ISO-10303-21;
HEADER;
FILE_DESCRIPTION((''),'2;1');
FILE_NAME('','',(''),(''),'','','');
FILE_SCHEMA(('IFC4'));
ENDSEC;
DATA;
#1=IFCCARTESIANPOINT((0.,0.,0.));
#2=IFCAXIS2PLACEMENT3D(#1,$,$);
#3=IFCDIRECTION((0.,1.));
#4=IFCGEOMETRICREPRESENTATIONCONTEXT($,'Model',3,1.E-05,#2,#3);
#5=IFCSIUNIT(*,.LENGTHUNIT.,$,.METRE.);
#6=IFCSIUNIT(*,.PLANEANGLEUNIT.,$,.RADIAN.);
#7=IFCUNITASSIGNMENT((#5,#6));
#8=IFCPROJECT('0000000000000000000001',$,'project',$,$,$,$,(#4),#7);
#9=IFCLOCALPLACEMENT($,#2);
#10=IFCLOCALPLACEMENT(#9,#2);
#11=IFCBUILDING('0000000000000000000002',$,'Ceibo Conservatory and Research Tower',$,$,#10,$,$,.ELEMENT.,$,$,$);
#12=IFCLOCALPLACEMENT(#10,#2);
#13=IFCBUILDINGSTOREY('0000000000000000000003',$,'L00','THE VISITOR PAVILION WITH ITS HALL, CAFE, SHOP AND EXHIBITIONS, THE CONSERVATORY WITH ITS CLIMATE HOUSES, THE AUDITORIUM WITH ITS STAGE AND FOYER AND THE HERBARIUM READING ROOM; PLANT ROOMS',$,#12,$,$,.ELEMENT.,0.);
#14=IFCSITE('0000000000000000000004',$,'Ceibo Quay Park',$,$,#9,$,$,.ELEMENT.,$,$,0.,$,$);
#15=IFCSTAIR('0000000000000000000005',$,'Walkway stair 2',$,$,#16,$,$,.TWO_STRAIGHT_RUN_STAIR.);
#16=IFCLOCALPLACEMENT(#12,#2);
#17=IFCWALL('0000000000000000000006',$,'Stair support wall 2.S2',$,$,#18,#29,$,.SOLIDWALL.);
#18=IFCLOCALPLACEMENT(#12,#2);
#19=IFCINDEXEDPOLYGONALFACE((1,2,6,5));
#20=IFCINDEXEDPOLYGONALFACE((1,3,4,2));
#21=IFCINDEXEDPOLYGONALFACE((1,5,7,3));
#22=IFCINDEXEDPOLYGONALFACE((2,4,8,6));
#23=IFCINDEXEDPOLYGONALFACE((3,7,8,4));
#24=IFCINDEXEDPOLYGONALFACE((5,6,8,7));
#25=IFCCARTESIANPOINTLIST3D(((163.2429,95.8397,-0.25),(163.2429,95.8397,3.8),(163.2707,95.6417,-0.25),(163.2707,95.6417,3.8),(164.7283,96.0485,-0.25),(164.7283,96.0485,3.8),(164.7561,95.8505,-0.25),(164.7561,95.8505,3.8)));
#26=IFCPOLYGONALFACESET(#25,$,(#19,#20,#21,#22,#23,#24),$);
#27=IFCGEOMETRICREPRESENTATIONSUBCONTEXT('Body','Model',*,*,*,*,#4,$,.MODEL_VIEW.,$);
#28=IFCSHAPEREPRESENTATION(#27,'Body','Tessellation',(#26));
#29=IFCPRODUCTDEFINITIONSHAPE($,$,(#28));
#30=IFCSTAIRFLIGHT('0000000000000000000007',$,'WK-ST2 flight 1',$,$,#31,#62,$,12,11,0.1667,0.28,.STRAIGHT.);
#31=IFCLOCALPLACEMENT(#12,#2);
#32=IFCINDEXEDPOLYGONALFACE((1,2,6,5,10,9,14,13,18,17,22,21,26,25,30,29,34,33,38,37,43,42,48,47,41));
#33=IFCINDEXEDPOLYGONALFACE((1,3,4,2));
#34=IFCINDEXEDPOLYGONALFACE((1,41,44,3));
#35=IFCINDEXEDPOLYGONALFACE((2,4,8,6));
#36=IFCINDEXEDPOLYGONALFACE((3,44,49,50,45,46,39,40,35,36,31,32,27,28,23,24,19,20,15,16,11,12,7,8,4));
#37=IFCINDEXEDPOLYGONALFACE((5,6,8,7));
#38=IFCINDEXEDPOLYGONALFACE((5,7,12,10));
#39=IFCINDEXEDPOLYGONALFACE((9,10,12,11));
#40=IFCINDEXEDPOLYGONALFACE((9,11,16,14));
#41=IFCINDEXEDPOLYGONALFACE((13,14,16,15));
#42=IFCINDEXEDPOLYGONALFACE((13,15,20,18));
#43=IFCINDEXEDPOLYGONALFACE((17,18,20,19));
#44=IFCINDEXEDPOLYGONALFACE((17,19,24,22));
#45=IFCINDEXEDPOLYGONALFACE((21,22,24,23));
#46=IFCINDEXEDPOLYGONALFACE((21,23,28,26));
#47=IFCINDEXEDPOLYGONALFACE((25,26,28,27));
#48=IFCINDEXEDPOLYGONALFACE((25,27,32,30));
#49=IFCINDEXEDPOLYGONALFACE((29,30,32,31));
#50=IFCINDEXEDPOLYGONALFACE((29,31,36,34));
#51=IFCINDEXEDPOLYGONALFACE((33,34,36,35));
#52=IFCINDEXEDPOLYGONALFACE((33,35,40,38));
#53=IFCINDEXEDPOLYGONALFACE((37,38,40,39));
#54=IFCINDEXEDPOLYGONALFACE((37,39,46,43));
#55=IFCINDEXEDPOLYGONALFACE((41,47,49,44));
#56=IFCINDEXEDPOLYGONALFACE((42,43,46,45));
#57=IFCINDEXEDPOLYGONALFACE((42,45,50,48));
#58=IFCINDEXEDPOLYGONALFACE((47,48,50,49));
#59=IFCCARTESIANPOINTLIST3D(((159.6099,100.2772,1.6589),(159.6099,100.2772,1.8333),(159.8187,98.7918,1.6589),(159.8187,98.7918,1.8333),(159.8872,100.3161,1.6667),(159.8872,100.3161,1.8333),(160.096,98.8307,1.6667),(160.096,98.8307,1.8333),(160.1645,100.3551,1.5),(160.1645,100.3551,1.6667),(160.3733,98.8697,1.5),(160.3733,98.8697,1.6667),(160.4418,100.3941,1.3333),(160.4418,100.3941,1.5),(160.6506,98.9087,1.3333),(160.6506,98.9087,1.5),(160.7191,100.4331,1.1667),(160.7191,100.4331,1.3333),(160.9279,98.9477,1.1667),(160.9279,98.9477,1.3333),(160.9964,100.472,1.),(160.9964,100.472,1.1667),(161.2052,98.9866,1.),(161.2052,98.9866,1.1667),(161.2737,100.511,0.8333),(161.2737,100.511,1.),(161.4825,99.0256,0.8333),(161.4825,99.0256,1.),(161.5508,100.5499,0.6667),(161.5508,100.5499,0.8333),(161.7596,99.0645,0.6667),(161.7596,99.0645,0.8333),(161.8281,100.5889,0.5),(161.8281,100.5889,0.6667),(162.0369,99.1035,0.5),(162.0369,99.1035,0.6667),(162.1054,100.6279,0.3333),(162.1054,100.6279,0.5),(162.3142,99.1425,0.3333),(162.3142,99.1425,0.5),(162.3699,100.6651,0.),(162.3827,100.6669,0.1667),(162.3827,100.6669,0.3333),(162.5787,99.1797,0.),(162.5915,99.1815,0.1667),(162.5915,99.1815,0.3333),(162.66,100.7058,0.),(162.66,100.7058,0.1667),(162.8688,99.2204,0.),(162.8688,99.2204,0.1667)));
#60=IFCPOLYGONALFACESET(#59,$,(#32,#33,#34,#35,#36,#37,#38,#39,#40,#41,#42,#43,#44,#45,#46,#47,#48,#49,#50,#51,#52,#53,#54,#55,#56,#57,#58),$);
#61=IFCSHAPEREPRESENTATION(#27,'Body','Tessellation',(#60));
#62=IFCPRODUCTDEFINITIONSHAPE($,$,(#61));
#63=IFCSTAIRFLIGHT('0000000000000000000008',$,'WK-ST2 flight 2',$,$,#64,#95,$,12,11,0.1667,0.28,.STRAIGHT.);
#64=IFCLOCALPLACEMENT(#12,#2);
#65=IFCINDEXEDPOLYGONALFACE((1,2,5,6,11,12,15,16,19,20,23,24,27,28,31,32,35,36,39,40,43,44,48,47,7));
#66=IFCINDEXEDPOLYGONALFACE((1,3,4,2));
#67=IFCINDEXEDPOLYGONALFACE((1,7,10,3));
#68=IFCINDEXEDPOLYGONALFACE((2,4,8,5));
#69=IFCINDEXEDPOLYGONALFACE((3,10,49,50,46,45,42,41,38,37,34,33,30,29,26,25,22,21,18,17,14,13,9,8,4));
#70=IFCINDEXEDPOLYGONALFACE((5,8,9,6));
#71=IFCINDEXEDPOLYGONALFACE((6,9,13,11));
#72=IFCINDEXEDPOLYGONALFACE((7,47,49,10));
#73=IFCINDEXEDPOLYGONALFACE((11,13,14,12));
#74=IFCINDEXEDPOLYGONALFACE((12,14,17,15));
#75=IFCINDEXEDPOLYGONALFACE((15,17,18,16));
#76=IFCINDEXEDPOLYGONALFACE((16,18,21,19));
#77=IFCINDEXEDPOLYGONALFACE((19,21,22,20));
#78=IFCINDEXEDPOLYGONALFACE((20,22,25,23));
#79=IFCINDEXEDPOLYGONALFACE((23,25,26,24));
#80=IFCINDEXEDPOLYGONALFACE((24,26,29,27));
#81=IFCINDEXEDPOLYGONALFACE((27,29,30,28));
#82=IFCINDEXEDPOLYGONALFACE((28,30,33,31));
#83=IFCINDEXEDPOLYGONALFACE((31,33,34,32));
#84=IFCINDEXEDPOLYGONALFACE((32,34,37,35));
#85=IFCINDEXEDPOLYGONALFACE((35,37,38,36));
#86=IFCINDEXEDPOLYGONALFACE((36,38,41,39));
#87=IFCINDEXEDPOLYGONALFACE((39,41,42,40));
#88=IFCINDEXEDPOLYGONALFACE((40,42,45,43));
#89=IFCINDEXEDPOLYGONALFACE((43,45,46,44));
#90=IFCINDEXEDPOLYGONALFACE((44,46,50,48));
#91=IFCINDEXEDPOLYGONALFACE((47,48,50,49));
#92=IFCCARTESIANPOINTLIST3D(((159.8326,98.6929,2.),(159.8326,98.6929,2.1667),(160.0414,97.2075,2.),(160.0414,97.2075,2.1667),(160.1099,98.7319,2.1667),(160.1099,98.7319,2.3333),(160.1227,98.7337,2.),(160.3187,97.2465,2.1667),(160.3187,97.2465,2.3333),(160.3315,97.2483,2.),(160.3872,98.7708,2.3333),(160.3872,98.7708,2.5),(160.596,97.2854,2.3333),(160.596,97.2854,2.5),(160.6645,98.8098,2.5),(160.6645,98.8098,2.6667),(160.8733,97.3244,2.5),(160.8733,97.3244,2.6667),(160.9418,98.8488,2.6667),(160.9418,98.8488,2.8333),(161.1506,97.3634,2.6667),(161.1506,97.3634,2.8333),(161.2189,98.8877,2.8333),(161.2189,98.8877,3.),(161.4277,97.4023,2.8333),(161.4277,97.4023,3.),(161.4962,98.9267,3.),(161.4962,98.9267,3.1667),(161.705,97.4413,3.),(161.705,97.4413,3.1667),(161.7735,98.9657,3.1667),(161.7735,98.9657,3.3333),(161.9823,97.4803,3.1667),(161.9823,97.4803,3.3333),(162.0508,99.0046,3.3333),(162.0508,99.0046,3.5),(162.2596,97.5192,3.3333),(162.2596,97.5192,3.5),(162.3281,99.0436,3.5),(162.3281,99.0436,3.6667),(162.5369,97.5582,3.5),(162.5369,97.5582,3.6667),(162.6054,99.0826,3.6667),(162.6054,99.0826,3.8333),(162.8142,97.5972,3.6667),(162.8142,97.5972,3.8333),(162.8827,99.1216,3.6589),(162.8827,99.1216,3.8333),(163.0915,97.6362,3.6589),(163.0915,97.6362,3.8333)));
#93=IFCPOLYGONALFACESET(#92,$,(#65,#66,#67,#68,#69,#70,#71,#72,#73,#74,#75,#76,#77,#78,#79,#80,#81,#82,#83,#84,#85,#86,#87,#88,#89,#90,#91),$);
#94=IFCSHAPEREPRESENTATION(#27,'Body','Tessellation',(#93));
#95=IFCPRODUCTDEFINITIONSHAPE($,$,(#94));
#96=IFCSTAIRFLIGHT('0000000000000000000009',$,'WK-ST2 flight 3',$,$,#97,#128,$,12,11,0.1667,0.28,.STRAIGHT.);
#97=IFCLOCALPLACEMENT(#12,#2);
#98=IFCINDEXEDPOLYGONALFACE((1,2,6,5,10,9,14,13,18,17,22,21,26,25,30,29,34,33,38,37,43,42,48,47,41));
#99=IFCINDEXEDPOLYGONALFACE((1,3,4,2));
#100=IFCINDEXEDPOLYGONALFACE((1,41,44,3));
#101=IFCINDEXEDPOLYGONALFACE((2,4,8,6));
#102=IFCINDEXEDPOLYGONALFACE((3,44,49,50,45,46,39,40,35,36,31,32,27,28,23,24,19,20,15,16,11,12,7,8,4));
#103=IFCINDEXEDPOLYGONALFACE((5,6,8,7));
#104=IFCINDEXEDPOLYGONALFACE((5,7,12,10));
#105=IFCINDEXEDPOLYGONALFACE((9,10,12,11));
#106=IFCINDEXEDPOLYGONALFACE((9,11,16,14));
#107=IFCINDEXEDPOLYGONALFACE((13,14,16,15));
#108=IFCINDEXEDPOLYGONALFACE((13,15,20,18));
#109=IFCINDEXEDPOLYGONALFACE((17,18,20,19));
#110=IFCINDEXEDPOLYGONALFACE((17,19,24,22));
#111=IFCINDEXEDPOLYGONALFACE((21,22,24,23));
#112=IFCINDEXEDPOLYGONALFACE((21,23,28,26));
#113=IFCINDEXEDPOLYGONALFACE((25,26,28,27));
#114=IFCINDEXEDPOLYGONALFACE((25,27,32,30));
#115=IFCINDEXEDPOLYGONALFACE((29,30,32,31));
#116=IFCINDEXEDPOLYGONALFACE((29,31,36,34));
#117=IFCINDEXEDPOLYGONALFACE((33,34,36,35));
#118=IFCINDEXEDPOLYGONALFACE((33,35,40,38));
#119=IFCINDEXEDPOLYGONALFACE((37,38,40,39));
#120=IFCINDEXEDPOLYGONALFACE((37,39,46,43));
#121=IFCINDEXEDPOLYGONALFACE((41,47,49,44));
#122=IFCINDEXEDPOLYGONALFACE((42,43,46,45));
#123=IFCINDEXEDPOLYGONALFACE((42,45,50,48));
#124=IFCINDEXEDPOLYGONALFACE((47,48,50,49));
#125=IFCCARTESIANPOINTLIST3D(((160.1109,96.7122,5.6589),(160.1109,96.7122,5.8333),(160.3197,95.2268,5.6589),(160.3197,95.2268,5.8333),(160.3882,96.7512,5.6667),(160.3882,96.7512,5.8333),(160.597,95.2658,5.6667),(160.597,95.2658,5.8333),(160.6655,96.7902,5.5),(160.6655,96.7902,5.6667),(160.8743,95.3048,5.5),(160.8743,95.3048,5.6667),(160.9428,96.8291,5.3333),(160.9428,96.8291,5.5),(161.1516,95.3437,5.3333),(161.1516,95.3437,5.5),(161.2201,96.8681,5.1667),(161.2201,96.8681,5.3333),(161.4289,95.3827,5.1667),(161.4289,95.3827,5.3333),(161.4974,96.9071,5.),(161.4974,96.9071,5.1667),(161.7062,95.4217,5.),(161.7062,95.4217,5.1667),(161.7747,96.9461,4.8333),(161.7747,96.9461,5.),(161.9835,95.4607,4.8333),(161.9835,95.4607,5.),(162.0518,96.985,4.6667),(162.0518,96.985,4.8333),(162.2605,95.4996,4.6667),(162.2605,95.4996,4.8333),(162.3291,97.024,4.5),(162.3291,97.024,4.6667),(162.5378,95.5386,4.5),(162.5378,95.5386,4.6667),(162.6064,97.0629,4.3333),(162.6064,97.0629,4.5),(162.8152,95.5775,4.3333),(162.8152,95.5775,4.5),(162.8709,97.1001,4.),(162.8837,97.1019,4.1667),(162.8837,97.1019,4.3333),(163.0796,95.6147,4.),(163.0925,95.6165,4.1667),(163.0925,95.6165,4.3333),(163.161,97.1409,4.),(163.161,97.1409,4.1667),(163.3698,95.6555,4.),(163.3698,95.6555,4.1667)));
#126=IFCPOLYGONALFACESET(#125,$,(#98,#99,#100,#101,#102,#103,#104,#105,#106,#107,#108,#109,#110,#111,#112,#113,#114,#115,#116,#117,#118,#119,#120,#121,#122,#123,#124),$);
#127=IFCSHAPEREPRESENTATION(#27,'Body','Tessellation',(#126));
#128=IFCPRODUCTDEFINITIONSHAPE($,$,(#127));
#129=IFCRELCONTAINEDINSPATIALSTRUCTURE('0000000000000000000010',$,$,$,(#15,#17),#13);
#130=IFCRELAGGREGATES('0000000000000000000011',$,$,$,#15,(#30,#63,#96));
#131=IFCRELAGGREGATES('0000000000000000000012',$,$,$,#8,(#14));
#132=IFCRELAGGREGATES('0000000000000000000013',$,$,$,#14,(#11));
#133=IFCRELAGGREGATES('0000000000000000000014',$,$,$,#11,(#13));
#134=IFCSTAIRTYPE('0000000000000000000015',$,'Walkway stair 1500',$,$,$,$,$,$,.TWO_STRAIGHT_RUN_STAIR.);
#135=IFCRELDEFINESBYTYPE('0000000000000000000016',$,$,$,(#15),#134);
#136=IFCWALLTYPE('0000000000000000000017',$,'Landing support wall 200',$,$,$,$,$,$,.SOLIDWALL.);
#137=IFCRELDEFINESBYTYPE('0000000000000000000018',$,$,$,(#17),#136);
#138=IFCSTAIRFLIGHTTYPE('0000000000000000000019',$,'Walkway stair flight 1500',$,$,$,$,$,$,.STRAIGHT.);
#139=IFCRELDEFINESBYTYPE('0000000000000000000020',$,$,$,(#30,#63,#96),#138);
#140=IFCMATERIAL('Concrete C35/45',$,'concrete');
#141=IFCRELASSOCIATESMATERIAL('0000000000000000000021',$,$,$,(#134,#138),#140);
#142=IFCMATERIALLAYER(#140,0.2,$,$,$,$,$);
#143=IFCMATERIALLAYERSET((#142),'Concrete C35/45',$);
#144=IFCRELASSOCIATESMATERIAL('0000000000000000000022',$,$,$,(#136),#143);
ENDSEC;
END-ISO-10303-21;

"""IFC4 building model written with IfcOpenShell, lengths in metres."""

from ifc_helpers import new_model, si_unit, direction, frame, frame_2d, origin, place, context, subcontext, project, spatial, polyline, rectangle, outline, extrude, material, layer, layer_set, type_object, element, aggregate, save


model = new_model("IFC4")

# Units and contexts
model_context = context("Model", 3, precision=1e-05, world=origin(), true_north=direction((0.0, 1.0)))
body_context = subcontext(model_context, "Body", "Model", "MODEL_VIEW")
ifc_project = project(units=[si_unit("LENGTHUNIT", "METRE"), si_unit("PLANEANGLEUNIT", "RADIAN")], contexts=[model_context])

# Site, building, storey
site_placement = place(None, origin())
site = spatial("IfcSite", under=ifc_project, at=site_placement, Name="Ceibo Quay Park", CompositionType="ELEMENT", RefElevation=0.0)
building_placement = place(site_placement, origin())
building = spatial("IfcBuilding", under=site, at=building_placement, Name="Ceibo Conservatory and Research Tower", CompositionType="ELEMENT")
storey_placement = place(building_placement, origin())
storey = spatial("IfcBuildingStorey", under=building, at=storey_placement, Name="L00", Description="THE VISITOR PAVILION WITH ITS HALL, CAFE, SHOP AND EXHIBITIONS, THE CONSERVATORY WITH ITS CLIMATE HOUSES, THE AUDITORIUM WITH ITS STAGE AND FOYER AND THE HERBARIUM READING ROOM; PLANT ROOMS", CompositionType="ELEMENT", Elevation=0.0)

# Stair
ifc_material_1 = material(Name="Concrete C35/45", Category="concrete")
stair_type = type_object("IfcStairType", Name="Walkway stair 1500", PredefinedType="TWO_STRAIGHT_RUN_STAIR", material=ifc_material_1)
stair_placement = place(storey_placement, origin())
stair = element("IfcStair", 1, at=stair_placement, inside=storey, type_object=stair_type, Name="Walkway stair 2", PredefinedType="TWO_STRAIGHT_RUN_STAIR")

# Wall
ifc_layer_1 = layer(ifc_material_1, 0.2)
ifc_layer_set_1 = layer_set([ifc_layer_1], Name="Concrete C35/45")
wall_type_1 = type_object("IfcWallType", Name="Landing support wall 200", PredefinedType="SOLIDWALL", material=ifc_layer_set_1)
wall_1_placement = place(storey_placement, frame((164.7422, 95.9495, -0.25), z_axis=(0.0, 0.0, 1.0), x_axis=(-0.990269, -0.139165, 0.0)))
element("IfcWall", 2, at=wall_1_placement, inside=storey, type_object=wall_type_1, Name="Stair support wall 2.S2", PredefinedType="SOLIDWALL", context=body_context, shape_type="SweptSolid", body=[
    extrude(rectangle(XDim=1.5, YDim=0.2, at=frame_2d((0.75, 0.0))), origin(), (0.0, 0.0, 1.0), 4.05),
])

# Stair flights
stair_flight_type = type_object("IfcStairFlightType", Name="Walkway stair flight 1500", PredefinedType="STRAIGHT", material=ifc_material_1)
stair_flight_1_placement = place(storey_placement, frame((162.7644, 99.9631, 0.0), z_axis=(0.0, 0.0, 1.0), x_axis=(-0.990268, -0.139173, 0.0)))
stair_flight_1 = element("IfcStairFlight", 3, at=stair_flight_1_placement, type_object=stair_flight_type, Name="WK-ST2 flight 1", NumberOfRisers=12, NumberOfTreads=11, PredefinedType="STRAIGHT", RiserHeight=0.1667, TreadLength=0.28, context=body_context, shape_type="SweptSolid", body=[
    extrude(outline(polyline([(0.0, 0.0), (0.0, 0.1667), (0.28, 0.1667), (0.28, 0.3333), (0.5601, 0.3333), (0.5601, 0.5), (0.8401, 0.5), (0.8401, 0.6667), (1.1201, 0.6667), (1.1201, 0.8333), (1.3999, 0.8333), (1.3999, 1.0), (1.6799, 1.0), (1.6799, 1.1667), (1.96, 1.1667), (1.96, 1.3333), (2.24, 1.3333), (2.24, 1.5), (2.52, 1.5), (2.52, 1.6667), (2.8, 1.6667), (2.8, 1.8333), (3.0801, 1.8333), (3.0801, 2.0), (3.0801, 1.6589), (0.293, 0.0), (0.0, 0.0)])), frame((0.0, 0.75, 0.0), z_axis=(0.0, -1.0, 0.0), x_axis=(1.0, 0.0, 0.0)), (0.0, 0.0, 1.0), 1.5),
])
stair_flight_2_placement = place(storey_placement, frame((159.937, 97.9502, 2.0), z_axis=(0.0, 0.0, 1.0), x_axis=(0.990268, 0.139173, 0.0)))
stair_flight_2 = element("IfcStairFlight", 4, at=stair_flight_2_placement, type_object=stair_flight_type, Name="WK-ST2 flight 2", NumberOfRisers=12, NumberOfTreads=11, PredefinedType="STRAIGHT", RiserHeight=0.1667, TreadLength=0.28, context=body_context, shape_type="SweptSolid", body=[
    extrude(outline(polyline([(0.0, 0.0), (0.0, 0.1667), (0.28, 0.1667), (0.28, 0.3333), (0.5601, 0.3333), (0.5601, 0.5), (0.8401, 0.5), (0.8401, 0.6667), (1.1201, 0.6667), (1.1201, 0.8333), (1.3999, 0.8333), (1.3999, 1.0), (1.6799, 1.0), (1.6799, 1.1667), (1.96, 1.1667), (1.96, 1.3333), (2.24, 1.3333), (2.24, 1.5), (2.52, 1.5), (2.52, 1.6667), (2.8, 1.6667), (2.8, 1.8333), (3.0801, 1.8333), (3.0801, 2.0), (3.0801, 1.6589), (0.293, 0.0), (0.0, 0.0)])), frame((0.0, 0.75, 0.0), z_axis=(0.0, -1.0, 0.0), x_axis=(1.0, 0.0, 0.0)), (0.0, 0.0, 1.0), 1.5),
])
stair_flight_3_placement = place(storey_placement, frame((163.2654, 96.3982, 4.0), z_axis=(0.0, 0.0, 1.0), x_axis=(-0.990268, -0.139173, 0.0)))
stair_flight_3 = element("IfcStairFlight", 5, at=stair_flight_3_placement, type_object=stair_flight_type, Name="WK-ST2 flight 3", NumberOfRisers=12, NumberOfTreads=11, PredefinedType="STRAIGHT", RiserHeight=0.1667, TreadLength=0.28, context=body_context, shape_type="SweptSolid", body=[
    extrude(outline(polyline([(0.0, 0.0), (0.0, 0.1667), (0.28, 0.1667), (0.28, 0.3333), (0.5601, 0.3333), (0.5601, 0.5), (0.8401, 0.5), (0.8401, 0.6667), (1.1201, 0.6667), (1.1201, 0.8333), (1.3999, 0.8333), (1.3999, 1.0), (1.6799, 1.0), (1.6799, 1.1667), (1.96, 1.1667), (1.96, 1.3333), (2.24, 1.3333), (2.24, 1.5), (2.52, 1.5), (2.52, 1.6667), (2.8, 1.6667), (2.8, 1.8333), (3.0801, 1.8333), (3.0801, 2.0), (3.0801, 1.6589), (0.293, 0.0), (0.0, 0.0)])), frame((0.0, 0.75, 0.0), z_axis=(0.0, -1.0, 0.0), x_axis=(1.0, 0.0, 0.0)), (0.0, 0.0, 1.0), 1.5),
])
aggregate(stair, [stair_flight_1, stair_flight_2, stair_flight_3])

save(model, "model.ifc")
